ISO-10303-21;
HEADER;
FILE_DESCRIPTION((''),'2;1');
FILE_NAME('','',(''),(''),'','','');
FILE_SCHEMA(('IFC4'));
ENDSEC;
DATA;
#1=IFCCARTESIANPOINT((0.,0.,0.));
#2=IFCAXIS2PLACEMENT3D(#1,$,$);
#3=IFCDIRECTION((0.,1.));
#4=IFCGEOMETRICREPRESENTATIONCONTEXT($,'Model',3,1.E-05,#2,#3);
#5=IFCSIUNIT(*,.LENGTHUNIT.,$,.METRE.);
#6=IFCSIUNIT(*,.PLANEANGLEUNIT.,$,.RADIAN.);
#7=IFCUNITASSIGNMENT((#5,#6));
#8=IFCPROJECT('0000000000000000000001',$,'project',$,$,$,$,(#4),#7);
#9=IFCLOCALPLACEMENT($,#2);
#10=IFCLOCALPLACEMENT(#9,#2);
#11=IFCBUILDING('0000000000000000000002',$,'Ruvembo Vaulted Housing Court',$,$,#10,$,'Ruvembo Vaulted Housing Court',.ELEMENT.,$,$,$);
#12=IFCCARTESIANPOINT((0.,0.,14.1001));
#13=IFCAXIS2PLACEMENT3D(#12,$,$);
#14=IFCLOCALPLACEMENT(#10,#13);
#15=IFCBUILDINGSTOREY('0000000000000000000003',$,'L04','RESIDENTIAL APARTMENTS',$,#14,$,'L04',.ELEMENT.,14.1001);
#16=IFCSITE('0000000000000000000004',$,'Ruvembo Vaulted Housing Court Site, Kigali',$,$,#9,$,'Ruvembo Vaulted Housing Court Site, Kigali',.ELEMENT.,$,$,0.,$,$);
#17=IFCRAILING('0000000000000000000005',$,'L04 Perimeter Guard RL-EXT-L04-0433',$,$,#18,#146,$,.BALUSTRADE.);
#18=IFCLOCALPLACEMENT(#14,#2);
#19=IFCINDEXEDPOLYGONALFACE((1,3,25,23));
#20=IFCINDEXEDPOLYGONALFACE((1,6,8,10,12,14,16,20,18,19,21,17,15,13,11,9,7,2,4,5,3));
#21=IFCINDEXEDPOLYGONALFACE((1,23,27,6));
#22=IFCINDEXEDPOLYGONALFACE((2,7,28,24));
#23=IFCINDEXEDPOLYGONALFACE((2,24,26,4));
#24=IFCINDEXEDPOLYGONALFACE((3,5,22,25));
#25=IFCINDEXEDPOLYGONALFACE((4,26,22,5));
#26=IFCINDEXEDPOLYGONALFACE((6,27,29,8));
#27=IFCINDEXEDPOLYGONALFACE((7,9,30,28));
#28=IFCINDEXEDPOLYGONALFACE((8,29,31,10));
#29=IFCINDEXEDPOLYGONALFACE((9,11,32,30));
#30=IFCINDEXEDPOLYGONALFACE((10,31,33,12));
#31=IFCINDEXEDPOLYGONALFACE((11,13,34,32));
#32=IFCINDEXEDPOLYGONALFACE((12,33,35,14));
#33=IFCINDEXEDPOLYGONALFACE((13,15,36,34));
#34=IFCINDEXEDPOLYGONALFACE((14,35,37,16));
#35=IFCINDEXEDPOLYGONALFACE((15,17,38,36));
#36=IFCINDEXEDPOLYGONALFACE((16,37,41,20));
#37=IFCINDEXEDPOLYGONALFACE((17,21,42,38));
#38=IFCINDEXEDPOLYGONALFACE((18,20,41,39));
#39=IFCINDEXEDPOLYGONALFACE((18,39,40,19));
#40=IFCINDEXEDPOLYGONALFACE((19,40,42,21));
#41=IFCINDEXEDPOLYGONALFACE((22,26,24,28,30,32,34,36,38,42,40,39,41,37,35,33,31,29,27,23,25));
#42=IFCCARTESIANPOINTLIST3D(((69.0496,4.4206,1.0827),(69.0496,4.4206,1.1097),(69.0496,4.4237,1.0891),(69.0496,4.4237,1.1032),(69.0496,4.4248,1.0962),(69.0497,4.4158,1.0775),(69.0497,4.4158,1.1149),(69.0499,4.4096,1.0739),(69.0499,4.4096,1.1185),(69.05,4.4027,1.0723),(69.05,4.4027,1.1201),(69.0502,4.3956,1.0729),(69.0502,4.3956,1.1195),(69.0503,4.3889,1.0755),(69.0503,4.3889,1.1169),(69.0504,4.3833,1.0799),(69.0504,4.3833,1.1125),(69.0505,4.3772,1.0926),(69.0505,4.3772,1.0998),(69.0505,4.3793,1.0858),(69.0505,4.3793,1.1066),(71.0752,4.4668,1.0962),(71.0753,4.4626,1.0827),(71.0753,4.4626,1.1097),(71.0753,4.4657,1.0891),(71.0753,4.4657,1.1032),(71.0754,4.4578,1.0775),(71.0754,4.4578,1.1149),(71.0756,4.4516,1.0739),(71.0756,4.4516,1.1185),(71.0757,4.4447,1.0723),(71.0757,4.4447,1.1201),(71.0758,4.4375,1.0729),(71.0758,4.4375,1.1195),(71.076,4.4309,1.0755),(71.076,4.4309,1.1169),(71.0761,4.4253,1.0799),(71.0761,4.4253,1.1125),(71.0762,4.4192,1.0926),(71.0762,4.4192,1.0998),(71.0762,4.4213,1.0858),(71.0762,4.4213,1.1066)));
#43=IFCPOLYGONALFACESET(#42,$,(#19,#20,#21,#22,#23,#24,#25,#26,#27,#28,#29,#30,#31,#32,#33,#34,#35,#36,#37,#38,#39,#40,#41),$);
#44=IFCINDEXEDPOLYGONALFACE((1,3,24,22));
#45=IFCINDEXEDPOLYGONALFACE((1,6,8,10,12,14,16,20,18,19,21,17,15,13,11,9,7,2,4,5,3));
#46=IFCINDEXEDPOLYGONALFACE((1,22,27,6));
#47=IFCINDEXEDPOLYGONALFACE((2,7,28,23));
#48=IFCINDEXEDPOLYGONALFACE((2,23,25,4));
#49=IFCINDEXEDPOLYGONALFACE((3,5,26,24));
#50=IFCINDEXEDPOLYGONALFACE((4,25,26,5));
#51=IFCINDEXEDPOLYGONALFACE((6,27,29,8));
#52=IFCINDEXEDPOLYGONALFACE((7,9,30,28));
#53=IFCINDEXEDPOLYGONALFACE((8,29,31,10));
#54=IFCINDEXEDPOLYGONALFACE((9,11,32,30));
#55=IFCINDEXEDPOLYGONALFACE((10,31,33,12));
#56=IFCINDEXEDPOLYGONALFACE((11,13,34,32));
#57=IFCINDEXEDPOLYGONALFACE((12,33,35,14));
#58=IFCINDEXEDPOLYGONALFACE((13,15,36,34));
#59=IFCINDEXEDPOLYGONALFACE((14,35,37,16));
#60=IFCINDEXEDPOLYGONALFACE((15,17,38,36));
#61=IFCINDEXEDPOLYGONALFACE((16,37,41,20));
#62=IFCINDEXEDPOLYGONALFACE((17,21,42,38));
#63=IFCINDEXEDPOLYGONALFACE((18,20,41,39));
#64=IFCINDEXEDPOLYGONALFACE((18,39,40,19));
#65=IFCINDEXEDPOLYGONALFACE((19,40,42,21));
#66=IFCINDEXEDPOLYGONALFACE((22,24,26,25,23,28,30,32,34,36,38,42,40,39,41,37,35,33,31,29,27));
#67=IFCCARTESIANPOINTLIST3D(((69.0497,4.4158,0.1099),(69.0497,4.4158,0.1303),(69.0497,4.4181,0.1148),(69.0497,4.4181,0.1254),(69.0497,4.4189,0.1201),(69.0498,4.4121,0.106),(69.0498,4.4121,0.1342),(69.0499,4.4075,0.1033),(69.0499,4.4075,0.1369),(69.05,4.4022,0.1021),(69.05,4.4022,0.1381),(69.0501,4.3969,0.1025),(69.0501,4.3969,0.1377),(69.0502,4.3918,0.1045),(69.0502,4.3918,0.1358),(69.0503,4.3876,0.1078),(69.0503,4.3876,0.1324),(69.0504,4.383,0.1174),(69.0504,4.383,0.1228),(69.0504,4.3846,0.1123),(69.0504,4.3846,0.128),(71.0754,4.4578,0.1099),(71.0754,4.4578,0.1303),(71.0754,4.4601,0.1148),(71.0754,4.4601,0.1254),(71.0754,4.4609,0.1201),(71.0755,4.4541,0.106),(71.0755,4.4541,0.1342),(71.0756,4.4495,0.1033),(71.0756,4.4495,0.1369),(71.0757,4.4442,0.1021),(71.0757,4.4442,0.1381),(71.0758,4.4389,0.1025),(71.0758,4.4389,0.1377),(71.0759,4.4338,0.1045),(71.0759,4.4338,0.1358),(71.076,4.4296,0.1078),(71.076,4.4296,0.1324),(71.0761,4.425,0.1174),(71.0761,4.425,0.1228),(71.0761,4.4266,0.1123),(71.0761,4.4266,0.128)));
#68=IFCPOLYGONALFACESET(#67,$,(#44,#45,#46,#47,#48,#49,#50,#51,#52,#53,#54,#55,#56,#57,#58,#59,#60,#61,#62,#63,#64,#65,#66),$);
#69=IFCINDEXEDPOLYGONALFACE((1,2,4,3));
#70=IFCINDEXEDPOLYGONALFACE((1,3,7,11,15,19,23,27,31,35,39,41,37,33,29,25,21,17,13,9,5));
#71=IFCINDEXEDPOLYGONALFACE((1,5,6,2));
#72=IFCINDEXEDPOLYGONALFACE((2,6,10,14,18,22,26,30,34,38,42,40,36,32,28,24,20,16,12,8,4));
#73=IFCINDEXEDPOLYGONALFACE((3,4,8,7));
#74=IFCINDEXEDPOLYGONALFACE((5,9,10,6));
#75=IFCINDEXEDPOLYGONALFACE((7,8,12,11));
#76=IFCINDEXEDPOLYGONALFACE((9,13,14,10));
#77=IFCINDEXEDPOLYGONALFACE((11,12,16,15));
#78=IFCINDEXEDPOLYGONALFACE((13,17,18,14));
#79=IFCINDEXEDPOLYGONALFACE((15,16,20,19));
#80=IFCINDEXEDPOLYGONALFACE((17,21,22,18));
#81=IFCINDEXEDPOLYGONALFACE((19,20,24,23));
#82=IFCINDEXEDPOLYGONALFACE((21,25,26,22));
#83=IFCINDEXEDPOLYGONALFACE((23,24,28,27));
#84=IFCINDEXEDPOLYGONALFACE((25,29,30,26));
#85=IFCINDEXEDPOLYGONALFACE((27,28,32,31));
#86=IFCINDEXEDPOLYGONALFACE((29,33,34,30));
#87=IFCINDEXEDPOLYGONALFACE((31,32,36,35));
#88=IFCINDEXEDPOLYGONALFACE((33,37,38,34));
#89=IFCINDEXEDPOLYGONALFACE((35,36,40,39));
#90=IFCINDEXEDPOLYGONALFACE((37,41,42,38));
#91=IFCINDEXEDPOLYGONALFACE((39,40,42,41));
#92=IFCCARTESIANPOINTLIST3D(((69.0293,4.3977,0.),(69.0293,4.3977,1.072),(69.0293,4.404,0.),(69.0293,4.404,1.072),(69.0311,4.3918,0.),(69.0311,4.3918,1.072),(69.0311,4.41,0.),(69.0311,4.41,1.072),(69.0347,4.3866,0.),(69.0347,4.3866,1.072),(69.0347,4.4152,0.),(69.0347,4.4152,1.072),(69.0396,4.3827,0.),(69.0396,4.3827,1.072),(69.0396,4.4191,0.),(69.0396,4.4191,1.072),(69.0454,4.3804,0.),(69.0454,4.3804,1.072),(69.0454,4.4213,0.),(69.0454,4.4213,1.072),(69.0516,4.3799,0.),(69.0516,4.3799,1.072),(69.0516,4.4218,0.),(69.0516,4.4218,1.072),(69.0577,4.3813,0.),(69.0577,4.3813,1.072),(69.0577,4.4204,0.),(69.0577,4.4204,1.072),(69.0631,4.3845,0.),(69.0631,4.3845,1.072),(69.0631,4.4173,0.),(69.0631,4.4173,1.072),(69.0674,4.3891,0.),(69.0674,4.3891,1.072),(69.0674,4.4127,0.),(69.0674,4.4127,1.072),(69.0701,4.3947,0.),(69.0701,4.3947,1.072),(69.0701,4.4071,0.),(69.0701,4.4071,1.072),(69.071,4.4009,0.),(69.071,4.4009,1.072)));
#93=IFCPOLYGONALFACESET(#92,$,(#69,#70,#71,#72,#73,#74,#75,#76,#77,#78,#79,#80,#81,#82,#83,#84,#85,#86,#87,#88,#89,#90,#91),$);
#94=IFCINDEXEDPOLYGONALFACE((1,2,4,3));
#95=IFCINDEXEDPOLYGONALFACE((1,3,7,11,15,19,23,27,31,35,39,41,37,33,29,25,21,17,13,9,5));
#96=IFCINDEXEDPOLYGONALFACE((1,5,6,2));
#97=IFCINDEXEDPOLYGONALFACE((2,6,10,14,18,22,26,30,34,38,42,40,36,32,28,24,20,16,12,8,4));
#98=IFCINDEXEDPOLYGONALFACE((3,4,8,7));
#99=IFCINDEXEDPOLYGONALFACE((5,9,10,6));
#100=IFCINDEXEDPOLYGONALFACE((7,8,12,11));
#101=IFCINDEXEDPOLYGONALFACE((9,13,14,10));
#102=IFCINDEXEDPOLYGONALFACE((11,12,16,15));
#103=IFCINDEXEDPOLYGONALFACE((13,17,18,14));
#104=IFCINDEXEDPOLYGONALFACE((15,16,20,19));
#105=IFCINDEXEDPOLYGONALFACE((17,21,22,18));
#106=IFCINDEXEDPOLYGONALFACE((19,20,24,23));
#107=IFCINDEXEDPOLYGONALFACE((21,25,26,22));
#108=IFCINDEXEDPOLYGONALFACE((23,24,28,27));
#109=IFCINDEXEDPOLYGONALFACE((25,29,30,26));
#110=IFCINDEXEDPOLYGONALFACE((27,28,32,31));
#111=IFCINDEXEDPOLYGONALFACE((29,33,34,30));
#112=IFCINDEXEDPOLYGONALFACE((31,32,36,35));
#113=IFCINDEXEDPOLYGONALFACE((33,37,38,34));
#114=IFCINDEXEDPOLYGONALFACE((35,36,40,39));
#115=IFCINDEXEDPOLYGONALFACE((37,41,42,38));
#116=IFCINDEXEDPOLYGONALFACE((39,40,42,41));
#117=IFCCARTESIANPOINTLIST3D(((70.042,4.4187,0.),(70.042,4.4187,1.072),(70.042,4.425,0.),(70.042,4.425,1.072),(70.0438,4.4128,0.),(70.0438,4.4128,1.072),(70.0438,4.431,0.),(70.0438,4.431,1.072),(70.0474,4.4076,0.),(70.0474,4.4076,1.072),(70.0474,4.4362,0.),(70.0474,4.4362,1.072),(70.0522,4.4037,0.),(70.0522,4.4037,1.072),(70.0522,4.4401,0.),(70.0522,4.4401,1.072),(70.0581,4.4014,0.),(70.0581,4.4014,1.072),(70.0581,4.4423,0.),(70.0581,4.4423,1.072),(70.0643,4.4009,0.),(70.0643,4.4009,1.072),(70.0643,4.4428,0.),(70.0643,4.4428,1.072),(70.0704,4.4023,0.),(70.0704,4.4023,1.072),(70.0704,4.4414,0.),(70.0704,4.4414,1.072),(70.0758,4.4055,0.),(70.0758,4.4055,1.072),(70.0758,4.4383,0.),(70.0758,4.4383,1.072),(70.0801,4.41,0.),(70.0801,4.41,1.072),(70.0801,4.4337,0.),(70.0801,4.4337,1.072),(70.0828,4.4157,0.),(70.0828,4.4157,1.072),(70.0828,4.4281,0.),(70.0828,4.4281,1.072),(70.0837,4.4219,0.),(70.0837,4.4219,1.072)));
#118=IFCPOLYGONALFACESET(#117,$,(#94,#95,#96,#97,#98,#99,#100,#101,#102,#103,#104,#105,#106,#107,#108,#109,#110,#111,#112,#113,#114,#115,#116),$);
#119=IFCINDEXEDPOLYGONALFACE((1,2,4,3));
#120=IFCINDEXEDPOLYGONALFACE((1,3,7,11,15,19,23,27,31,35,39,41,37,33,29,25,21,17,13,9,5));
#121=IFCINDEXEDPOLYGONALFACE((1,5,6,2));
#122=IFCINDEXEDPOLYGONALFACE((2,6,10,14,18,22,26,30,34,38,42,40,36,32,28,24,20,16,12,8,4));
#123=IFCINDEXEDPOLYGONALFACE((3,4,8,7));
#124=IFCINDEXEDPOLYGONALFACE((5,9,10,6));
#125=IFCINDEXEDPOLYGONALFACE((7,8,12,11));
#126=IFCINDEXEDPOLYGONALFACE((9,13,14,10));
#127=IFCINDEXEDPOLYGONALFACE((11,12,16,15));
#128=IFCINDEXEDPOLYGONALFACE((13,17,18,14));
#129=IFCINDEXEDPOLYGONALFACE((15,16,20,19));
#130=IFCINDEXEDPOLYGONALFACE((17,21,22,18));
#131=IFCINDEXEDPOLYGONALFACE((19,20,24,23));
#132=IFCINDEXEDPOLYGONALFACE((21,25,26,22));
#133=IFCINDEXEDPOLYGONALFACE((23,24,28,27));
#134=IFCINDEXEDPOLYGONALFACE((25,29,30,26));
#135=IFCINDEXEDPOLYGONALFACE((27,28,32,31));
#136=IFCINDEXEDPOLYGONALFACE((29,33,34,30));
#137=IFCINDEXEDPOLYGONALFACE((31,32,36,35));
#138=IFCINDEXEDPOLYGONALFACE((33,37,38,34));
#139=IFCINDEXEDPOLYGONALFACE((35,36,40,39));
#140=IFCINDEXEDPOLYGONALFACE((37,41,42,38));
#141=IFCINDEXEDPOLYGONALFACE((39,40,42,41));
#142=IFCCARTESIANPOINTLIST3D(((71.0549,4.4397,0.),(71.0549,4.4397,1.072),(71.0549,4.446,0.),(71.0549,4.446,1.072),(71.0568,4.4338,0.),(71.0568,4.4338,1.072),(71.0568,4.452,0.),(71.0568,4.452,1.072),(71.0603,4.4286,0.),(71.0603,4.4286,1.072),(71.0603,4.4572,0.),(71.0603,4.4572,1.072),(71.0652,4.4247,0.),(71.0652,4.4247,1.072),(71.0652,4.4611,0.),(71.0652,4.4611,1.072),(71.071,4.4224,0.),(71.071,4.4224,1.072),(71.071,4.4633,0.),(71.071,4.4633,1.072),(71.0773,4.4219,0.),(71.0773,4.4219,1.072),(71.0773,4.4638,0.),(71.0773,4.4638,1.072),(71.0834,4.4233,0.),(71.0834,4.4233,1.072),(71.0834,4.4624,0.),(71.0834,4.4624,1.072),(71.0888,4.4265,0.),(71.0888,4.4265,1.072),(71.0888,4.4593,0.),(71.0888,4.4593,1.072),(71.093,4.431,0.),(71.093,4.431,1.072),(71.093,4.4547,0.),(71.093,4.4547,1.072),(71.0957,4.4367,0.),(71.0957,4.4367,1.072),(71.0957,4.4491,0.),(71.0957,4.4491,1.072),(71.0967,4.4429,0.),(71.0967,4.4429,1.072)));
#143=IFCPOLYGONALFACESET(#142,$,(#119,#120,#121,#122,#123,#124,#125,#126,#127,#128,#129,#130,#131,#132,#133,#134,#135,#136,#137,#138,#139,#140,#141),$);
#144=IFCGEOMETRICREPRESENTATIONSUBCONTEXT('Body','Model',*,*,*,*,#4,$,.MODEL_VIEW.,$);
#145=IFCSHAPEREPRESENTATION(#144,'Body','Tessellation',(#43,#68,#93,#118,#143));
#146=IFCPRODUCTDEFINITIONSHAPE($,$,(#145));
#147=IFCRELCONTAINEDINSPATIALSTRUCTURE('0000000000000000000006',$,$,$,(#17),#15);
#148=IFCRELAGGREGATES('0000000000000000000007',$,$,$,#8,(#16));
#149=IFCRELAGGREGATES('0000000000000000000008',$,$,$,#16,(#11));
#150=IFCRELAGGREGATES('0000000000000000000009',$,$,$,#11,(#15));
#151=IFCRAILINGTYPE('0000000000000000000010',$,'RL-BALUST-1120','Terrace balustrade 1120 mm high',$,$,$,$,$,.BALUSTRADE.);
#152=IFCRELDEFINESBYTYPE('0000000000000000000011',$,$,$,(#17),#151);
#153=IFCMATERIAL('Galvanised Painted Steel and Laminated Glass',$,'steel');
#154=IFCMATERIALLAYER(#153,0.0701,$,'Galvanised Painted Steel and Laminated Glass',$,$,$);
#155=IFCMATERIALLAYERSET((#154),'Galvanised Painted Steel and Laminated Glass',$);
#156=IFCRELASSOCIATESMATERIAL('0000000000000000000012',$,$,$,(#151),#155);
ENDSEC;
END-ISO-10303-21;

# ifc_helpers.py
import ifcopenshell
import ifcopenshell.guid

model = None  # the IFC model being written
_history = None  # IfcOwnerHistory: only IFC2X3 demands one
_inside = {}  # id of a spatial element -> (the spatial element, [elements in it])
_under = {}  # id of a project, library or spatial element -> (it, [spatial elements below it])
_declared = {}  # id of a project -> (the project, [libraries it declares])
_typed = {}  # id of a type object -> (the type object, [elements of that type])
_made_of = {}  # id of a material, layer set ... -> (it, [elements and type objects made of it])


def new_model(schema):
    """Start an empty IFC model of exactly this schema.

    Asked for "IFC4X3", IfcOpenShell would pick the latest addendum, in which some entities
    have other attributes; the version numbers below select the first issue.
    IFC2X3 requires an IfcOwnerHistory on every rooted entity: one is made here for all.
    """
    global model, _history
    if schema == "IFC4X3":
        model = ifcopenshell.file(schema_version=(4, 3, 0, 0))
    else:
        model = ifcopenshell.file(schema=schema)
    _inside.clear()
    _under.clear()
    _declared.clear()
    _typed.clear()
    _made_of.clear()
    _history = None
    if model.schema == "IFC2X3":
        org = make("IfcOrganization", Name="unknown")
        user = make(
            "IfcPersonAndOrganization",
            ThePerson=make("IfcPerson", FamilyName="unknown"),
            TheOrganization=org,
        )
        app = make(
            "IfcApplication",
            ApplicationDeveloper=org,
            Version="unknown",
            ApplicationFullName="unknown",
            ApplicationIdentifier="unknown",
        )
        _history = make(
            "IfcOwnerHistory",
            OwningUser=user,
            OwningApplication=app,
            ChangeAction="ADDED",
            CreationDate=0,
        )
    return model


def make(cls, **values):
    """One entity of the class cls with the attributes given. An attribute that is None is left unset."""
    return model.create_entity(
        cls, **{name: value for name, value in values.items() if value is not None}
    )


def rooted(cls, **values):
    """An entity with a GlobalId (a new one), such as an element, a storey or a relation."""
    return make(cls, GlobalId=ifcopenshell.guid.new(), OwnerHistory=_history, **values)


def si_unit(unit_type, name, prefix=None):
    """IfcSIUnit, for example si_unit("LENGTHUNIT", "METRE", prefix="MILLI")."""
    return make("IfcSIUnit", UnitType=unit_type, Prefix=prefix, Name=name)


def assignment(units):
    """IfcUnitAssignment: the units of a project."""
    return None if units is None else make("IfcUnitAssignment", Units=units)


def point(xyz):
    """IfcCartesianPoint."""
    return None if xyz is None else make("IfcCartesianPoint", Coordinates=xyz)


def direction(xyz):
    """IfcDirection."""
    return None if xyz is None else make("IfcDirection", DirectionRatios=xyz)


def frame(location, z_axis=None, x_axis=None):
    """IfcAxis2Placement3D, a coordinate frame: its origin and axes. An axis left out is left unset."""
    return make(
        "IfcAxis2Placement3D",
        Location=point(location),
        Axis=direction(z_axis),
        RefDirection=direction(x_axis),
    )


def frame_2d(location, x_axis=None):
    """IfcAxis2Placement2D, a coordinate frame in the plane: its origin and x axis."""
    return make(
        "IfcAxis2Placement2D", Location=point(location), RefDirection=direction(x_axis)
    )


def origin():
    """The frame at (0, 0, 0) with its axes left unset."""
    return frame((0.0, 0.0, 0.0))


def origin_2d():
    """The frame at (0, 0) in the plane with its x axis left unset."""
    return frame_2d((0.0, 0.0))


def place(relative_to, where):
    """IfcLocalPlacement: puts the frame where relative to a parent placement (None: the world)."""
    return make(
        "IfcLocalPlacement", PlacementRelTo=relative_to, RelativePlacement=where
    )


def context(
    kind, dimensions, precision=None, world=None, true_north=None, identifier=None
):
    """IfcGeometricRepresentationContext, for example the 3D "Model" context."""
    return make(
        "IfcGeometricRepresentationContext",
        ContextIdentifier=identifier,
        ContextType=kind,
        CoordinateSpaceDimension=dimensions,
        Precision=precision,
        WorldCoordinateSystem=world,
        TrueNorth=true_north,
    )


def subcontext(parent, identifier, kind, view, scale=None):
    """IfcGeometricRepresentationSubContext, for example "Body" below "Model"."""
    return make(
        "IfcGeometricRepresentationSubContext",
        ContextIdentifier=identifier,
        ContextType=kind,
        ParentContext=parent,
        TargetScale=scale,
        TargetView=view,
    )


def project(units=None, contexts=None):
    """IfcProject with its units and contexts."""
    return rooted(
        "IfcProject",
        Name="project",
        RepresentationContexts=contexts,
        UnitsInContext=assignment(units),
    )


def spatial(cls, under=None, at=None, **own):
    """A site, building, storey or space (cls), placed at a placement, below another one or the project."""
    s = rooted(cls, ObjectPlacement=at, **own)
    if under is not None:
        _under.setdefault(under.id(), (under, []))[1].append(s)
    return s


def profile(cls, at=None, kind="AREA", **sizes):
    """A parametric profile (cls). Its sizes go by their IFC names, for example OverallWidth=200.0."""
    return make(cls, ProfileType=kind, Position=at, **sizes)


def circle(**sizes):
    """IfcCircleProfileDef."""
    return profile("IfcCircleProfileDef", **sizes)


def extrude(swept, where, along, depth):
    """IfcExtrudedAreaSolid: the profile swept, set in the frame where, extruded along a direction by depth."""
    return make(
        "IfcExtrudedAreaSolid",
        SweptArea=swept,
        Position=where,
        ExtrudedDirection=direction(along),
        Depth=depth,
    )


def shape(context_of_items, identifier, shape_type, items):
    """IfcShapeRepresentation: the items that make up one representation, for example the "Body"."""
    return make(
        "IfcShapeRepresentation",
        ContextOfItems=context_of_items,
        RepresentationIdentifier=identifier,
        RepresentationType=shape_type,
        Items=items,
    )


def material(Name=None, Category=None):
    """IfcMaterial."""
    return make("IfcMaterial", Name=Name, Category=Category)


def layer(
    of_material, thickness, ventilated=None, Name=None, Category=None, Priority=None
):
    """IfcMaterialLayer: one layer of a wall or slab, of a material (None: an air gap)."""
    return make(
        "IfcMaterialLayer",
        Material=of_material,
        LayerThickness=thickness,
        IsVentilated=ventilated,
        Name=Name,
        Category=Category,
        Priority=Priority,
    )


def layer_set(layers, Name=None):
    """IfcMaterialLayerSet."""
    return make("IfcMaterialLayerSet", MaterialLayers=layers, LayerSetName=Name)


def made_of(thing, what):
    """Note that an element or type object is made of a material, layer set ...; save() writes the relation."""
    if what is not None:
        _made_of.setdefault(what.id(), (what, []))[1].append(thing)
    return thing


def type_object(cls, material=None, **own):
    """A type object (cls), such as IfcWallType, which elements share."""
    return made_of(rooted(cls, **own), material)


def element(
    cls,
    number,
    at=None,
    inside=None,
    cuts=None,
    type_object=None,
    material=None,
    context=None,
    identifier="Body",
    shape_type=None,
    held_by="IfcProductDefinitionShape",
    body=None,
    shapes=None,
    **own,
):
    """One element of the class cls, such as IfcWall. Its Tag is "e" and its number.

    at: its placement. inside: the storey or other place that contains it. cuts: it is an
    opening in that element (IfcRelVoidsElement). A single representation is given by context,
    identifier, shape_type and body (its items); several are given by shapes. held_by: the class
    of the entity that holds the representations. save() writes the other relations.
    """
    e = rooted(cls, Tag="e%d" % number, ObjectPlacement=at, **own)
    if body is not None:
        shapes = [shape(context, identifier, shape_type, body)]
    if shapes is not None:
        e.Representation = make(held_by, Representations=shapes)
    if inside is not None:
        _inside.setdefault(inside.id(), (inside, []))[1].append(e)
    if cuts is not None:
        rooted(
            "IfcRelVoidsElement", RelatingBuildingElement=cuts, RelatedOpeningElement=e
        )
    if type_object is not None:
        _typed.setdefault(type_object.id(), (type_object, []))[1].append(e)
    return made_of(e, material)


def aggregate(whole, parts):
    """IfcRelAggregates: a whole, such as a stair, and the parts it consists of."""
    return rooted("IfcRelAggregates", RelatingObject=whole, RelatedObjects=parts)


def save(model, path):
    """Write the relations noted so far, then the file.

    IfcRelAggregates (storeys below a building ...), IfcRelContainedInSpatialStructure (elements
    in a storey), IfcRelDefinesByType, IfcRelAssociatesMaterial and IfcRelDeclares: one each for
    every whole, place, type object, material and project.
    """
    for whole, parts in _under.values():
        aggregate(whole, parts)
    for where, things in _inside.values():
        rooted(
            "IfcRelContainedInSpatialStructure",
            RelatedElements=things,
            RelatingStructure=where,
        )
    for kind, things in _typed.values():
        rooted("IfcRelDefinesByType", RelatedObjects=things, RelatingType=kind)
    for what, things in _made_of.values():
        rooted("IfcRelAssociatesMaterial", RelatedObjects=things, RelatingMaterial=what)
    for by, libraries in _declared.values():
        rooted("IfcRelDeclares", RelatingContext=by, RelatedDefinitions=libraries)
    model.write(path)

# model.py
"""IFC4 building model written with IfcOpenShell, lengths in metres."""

from ifc_helpers import new_model, si_unit, direction, frame, origin, origin_2d, place, context, subcontext, project, spatial, circle, extrude, material, layer, layer_set, type_object, element, save


model = new_model("IFC4")

# Units and contexts
model_context = context("Model", 3, precision=1e-05, world=origin(), true_north=direction((0.0, 1.0)))
body_context = subcontext(model_context, "Body", "Model", "MODEL_VIEW")
ifc_project = project(units=[si_unit("LENGTHUNIT", "METRE"), si_unit("PLANEANGLEUNIT", "RADIAN")], contexts=[model_context])

# Site, building, storey
site_placement = place(None, origin())
site = spatial("IfcSite", under=ifc_project, at=site_placement, Name="Ruvembo Vaulted Housing Court Site, Kigali", LongName="Ruvembo Vaulted Housing Court Site, Kigali", CompositionType="ELEMENT", RefElevation=0.0)
building_placement = place(site_placement, origin())
building = spatial("IfcBuilding", under=site, at=building_placement, Name="Ruvembo Vaulted Housing Court", LongName="Ruvembo Vaulted Housing Court", CompositionType="ELEMENT")
storey_placement = place(building_placement, frame((0.0, 0.0, 14.1001)))
storey = spatial("IfcBuildingStorey", under=building, at=storey_placement, Name="L04", Description="RESIDENTIAL APARTMENTS", LongName="L04", CompositionType="ELEMENT", Elevation=14.1001)

# Railing
ifc_material_1 = material(Name="Galvanised Painted Steel and Laminated Glass", Category="steel")
ifc_layer_1 = layer(ifc_material_1, 0.0701, Name="Galvanised Painted Steel and Laminated Glass")
ifc_layer_set_1 = layer_set([ifc_layer_1], Name="Galvanised Painted Steel and Laminated Glass")
railing_type = type_object("IfcRailingType", Name="RL-BALUST-1120", Description="Terrace balustrade 1120 mm high", PredefinedType="BALUSTRADE", material=ifc_layer_set_1)
railing_1_placement = place(storey_placement, frame((69.05, 4.4009, 0.0)))
element("IfcRailing", 1, at=railing_1_placement, inside=storey, type_object=railing_type, Name="L04 Perimeter Guard RL-EXT-L04-0433", PredefinedType="BALUSTRADE", context=body_context, shape_type="SweptSolid", body=[
    extrude(circle(Radius=0.0239, at=origin_2d()), frame((0.0, 0.0, 1.0962), z_axis=(0.999785, 0.020726, 0.0), x_axis=(-0.020726, 0.999785, 0.0)), (0.0, 0.0, 1.0), 2.0261),
    extrude(circle(Radius=0.0181, at=origin_2d()), frame((0.0, 0.0, 0.1201), z_axis=(0.999785, 0.020726, 0.0), x_axis=(-0.020726, 0.999785, 0.0)), (0.0, 0.0, 1.0), 2.0261),
    extrude(circle(Radius=0.021, at=origin_2d()), origin(), (0.0, 0.0, 1.0), 1.072),
    extrude(circle(Radius=0.021, at=origin_2d()), frame((1.0127, 0.021, 0.0)), (0.0, 0.0, 1.0), 1.072),
    extrude(circle(Radius=0.021, at=origin_2d()), frame((2.0256, 0.042, 0.0)), (0.0, 0.0, 1.0), 1.072),
])

save(model, "model.ifc")
